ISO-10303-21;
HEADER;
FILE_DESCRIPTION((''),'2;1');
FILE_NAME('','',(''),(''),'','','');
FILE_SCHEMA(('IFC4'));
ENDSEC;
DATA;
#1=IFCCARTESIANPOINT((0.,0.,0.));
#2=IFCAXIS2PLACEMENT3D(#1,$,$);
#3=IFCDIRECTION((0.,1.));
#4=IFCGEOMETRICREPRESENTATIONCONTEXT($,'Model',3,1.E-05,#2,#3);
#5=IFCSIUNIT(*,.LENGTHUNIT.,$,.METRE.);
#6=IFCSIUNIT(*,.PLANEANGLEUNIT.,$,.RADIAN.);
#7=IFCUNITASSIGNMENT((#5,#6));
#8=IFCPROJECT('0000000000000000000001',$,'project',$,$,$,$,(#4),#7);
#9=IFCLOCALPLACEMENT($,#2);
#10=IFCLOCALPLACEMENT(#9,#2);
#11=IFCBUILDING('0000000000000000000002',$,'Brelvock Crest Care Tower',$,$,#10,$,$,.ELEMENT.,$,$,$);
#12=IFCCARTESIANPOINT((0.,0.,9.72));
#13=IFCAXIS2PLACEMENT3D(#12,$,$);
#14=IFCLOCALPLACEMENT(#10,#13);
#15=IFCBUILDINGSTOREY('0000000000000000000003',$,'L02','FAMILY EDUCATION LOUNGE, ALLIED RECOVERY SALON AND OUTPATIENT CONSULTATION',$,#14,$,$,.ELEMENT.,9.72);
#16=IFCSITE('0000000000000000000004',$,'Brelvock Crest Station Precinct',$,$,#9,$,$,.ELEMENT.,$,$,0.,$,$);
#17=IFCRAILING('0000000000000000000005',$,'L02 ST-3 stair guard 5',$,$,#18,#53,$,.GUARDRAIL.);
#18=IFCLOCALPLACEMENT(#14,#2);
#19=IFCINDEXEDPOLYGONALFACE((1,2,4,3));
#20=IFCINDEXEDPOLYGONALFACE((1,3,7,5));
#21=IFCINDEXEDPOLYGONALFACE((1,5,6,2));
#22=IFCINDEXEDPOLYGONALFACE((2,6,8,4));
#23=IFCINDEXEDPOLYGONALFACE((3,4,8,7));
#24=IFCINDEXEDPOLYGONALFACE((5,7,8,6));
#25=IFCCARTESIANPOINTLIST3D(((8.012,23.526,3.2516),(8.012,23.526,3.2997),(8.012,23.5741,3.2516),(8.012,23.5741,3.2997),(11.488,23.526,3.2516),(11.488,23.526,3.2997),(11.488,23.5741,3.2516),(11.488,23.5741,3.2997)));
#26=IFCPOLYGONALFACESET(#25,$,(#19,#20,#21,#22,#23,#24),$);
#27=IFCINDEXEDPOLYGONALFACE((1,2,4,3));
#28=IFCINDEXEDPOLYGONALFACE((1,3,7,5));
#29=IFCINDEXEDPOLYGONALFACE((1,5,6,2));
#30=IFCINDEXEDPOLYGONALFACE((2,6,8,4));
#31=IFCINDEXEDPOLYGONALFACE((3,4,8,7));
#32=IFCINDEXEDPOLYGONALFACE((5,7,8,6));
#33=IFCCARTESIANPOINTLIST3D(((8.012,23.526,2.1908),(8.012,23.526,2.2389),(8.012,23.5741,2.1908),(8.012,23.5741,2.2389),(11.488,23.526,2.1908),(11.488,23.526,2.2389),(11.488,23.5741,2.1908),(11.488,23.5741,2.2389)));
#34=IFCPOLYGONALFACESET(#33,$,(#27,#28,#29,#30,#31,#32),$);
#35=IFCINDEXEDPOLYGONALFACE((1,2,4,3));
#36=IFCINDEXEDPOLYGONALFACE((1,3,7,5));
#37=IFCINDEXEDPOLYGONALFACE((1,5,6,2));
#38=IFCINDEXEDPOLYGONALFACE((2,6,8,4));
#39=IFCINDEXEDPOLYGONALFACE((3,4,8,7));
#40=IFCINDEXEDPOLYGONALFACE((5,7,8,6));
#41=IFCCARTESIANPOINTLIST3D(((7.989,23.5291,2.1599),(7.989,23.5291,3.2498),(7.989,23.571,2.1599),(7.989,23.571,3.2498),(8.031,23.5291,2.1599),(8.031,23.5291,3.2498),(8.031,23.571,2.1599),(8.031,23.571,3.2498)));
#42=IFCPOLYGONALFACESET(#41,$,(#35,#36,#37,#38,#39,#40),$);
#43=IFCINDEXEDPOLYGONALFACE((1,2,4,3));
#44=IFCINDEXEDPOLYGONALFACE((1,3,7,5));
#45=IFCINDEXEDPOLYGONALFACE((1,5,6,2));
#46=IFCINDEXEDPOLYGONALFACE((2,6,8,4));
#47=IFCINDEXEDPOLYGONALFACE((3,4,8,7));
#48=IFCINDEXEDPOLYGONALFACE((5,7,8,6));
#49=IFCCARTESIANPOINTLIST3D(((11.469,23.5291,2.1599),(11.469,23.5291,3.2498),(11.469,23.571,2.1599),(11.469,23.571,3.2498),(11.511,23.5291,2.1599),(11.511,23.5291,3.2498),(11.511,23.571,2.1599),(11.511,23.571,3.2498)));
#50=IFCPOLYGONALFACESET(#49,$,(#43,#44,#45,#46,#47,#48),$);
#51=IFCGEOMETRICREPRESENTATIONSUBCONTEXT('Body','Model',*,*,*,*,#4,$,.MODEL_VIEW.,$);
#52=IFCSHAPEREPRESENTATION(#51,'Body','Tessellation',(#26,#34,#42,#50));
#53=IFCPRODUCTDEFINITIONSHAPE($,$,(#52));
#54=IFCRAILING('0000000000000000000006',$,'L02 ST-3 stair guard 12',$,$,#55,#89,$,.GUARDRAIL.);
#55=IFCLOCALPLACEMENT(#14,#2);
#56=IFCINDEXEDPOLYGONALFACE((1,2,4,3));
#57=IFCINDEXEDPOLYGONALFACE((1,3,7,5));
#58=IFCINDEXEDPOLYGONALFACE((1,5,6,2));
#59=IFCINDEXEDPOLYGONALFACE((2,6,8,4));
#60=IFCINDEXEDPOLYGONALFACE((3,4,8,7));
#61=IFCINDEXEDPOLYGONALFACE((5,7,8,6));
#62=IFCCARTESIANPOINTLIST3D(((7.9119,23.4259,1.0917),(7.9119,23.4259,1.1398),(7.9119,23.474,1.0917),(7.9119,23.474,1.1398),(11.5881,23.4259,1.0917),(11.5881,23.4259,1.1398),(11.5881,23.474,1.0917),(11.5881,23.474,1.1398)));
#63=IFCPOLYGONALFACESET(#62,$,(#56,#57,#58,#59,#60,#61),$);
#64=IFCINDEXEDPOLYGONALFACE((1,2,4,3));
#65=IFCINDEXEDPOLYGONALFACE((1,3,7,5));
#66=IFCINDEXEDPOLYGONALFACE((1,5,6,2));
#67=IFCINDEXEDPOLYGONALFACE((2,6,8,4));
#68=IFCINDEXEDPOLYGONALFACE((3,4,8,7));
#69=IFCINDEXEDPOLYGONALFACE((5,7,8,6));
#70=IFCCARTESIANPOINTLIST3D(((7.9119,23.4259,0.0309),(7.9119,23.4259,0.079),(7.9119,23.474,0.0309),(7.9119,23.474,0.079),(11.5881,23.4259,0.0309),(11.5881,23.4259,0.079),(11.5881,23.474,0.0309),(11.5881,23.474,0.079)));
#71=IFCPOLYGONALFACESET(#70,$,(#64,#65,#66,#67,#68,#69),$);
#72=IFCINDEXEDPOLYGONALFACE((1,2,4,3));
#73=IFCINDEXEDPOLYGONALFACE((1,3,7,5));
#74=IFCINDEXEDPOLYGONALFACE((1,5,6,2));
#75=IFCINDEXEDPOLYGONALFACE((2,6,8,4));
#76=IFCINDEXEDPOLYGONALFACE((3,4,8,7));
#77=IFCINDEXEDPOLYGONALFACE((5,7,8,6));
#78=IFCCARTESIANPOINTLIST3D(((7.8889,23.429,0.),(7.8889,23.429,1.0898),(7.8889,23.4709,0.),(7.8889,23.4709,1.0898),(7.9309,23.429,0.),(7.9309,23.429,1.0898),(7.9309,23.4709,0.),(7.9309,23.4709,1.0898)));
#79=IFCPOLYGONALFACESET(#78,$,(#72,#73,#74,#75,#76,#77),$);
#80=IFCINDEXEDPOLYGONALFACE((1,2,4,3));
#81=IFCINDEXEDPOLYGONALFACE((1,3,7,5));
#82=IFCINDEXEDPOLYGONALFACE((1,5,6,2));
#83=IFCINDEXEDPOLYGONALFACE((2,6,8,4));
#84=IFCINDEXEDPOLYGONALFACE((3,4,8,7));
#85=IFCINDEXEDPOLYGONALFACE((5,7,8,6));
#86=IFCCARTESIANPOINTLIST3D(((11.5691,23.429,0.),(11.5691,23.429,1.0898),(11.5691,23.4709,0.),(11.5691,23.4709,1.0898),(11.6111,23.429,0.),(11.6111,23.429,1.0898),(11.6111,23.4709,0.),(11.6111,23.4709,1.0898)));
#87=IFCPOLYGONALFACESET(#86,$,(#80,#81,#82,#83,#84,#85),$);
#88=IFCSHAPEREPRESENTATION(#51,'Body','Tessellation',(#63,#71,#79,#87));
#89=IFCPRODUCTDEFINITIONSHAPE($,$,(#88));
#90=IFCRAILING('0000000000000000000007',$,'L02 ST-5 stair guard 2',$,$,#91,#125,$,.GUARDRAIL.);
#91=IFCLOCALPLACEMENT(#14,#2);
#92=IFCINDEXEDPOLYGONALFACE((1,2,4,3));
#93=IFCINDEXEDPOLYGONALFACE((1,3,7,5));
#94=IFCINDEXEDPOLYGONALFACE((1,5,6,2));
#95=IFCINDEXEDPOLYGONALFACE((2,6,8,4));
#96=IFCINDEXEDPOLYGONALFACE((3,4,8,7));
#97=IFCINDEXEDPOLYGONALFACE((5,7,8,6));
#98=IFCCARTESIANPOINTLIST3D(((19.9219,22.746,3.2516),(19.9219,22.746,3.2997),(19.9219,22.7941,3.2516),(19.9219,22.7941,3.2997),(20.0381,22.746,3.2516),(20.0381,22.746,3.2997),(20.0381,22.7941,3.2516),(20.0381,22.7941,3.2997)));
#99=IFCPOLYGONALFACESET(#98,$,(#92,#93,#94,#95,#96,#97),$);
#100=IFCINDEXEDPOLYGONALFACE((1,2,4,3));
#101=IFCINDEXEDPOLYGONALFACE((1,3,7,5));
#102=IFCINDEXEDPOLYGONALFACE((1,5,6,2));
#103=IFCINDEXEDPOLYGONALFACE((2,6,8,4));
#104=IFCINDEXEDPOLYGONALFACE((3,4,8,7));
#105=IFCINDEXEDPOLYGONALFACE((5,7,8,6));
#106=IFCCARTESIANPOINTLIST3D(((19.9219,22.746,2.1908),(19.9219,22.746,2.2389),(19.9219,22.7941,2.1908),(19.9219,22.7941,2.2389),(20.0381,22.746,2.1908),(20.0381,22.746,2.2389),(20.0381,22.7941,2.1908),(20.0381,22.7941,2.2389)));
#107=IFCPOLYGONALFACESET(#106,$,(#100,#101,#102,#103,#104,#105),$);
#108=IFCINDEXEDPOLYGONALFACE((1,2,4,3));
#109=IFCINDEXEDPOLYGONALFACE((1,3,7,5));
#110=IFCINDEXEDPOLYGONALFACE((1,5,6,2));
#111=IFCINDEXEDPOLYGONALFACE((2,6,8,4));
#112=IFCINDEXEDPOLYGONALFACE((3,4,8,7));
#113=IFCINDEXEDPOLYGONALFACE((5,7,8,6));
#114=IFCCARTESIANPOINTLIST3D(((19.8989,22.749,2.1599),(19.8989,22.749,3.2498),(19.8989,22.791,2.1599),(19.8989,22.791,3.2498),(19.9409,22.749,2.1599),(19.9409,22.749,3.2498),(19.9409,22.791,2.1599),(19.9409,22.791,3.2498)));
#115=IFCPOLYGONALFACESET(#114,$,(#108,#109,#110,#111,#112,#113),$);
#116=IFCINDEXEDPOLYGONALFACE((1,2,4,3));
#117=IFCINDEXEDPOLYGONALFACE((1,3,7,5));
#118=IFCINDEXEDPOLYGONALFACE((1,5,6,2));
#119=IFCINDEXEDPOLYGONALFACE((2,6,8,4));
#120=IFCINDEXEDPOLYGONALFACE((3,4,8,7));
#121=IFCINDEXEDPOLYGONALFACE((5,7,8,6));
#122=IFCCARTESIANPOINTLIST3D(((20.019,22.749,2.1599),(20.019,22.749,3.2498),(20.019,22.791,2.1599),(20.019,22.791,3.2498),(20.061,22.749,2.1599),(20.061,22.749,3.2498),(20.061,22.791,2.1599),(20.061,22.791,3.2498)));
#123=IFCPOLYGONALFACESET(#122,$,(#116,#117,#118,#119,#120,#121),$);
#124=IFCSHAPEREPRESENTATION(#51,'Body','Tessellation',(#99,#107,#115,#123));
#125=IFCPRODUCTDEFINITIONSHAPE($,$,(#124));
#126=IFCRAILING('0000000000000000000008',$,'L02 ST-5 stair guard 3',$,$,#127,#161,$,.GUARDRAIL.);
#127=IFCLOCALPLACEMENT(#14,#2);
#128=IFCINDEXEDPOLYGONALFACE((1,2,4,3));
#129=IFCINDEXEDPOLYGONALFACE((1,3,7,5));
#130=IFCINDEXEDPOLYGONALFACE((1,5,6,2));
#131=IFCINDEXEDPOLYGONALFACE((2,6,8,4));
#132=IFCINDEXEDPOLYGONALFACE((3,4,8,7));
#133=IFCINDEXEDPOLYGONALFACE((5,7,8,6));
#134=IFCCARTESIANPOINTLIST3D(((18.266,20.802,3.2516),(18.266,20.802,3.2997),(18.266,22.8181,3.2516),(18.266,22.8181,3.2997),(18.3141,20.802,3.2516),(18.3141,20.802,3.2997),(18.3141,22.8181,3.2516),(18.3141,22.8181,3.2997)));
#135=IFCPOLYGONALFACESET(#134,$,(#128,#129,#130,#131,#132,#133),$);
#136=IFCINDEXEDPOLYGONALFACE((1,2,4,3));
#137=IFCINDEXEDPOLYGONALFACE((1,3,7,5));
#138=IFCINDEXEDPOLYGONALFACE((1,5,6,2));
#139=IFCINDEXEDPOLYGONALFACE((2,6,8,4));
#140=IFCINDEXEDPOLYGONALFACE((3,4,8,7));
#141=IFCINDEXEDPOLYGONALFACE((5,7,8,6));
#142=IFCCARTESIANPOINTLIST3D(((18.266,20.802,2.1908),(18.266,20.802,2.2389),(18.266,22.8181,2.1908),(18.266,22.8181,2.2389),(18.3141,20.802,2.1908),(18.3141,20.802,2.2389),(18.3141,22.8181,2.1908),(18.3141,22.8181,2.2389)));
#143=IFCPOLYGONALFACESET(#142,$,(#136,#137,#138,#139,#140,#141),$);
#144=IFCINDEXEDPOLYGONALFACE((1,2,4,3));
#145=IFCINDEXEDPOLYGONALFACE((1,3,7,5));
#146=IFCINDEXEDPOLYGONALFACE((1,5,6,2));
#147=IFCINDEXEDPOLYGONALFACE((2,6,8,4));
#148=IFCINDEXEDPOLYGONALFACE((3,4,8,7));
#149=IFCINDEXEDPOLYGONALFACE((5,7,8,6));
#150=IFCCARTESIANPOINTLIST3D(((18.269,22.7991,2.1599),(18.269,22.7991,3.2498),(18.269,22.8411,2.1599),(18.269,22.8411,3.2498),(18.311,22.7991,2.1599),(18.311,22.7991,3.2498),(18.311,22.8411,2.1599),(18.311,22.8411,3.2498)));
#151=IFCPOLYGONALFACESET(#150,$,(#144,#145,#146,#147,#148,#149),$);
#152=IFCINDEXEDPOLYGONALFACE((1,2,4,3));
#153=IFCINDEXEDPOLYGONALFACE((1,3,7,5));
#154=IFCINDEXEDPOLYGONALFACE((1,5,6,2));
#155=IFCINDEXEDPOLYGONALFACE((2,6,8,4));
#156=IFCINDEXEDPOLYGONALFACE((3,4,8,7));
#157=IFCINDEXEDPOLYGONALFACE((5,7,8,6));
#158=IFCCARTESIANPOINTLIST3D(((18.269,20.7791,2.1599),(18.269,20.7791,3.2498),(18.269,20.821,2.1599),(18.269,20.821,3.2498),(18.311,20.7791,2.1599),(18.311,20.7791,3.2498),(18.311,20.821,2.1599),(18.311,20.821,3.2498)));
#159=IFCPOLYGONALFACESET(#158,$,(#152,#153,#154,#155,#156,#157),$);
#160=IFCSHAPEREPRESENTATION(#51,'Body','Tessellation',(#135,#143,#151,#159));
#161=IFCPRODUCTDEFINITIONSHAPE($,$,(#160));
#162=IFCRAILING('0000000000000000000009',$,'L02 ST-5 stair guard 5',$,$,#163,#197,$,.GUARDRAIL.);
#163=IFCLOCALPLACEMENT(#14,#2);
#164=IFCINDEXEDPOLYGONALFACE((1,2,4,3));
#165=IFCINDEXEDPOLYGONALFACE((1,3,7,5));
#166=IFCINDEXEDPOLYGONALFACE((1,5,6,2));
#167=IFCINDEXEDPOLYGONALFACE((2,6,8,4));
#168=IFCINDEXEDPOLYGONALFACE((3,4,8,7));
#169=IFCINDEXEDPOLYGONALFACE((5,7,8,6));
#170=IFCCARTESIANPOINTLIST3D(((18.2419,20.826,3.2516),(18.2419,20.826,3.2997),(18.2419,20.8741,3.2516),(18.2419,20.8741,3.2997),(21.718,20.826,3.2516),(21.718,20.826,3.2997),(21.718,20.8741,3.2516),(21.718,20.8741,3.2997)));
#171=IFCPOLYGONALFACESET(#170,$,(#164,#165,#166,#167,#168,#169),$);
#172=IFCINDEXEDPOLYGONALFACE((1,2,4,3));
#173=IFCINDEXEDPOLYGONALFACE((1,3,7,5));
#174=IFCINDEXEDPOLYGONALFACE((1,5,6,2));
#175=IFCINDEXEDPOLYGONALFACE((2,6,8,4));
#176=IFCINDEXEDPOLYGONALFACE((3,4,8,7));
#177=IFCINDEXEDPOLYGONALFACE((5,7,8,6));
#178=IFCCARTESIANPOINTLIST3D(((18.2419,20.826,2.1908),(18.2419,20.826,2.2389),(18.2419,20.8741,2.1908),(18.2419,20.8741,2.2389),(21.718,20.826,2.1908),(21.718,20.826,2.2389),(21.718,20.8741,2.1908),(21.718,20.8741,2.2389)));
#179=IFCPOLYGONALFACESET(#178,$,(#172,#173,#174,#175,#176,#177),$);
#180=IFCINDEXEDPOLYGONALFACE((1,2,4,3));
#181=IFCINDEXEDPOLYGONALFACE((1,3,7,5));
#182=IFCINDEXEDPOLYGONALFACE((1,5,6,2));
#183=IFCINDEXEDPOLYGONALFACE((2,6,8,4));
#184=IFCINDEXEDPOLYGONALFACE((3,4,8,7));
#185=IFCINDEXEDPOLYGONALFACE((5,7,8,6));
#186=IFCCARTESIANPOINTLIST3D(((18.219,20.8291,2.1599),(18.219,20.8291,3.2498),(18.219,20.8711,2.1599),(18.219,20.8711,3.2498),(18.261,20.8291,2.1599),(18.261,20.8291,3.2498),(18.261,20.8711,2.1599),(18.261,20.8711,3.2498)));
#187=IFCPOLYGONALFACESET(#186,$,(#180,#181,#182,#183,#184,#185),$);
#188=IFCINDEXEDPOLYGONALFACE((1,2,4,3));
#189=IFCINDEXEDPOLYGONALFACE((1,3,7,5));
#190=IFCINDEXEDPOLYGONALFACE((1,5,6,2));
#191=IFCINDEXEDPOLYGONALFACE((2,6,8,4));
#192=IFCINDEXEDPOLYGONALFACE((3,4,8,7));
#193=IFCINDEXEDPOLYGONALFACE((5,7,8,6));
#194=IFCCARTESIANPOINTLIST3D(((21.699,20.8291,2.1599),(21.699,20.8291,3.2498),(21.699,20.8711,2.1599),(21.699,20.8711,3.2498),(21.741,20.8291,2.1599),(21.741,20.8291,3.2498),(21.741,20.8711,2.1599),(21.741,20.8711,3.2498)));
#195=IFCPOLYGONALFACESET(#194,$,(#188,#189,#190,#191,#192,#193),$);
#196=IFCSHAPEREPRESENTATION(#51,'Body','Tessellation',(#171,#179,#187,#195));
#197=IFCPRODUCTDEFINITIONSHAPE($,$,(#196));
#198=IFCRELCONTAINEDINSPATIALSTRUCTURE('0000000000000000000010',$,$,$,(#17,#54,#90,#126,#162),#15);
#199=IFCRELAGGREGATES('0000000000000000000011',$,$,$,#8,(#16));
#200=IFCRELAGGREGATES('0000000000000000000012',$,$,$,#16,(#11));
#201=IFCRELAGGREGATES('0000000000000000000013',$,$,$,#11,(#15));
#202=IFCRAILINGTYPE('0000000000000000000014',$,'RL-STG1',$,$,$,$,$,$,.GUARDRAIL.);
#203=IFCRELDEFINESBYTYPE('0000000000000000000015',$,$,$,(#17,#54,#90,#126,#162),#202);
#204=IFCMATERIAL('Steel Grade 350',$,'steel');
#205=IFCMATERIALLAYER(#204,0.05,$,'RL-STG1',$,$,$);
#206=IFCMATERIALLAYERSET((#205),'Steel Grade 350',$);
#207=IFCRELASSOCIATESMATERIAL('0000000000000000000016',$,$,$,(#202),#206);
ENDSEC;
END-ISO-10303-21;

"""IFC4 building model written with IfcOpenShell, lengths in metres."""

from ifc_helpers import new_model, si_unit, direction, frame, origin, origin_2d, place, context, subcontext, project, spatial, rectangle, extrude, material, layer, layer_set, type_object, element, save


model = new_model("IFC4")

# Units and contexts
model_context = context("Model", 3, precision=1e-05, world=origin(), true_north=direction((0.0, 1.0)))
body_context = subcontext(model_context, "Body", "Model", "MODEL_VIEW")
ifc_project = project(units=[si_unit("LENGTHUNIT", "METRE"), si_unit("PLANEANGLEUNIT", "RADIAN")], contexts=[model_context])

# Site, building, storey
site_placement = place(None, origin())
site = spatial("IfcSite", under=ifc_project, at=site_placement, Name="Brelvock Crest Station Precinct", CompositionType="ELEMENT", RefElevation=0.0)
building_placement = place(site_placement, origin())
building = spatial("IfcBuilding", under=site, at=building_placement, Name="Brelvock Crest Care Tower", CompositionType="ELEMENT")
storey_placement = place(building_placement, frame((0.0, 0.0, 9.72)))
storey = spatial("IfcBuildingStorey", under=building, at=storey_placement, Name="L02", Description="FAMILY EDUCATION LOUNGE, ALLIED RECOVERY SALON AND OUTPATIENT CONSULTATION", CompositionType="ELEMENT", Elevation=9.72)

# Shared definitions
ifc_material_1 = material(Name="Steel Grade 350", Category="steel")

# Railings
ifc_layer_1 = layer(ifc_material_1, 0.05, Name="RL-STG1")
ifc_layer_set_1 = layer_set([ifc_layer_1], Name="Steel Grade 350")
railing_type = type_object("IfcRailingType", Name="RL-STG1", PredefinedType="GUARDRAIL", material=ifc_layer_set_1)
railing_1_placement = place(storey_placement, frame((8.01, 23.55, 2.1599)))
element("IfcRailing", 1, at=railing_1_placement, inside=storey, type_object=railing_type, Name="L02 ST-3 stair guard 5", PredefinedType="GUARDRAIL", context=body_context, shape_type="SweptSolid", body=[
    extrude(rectangle(XDim=0.0481, YDim=0.0481, at=origin_2d()), frame((0.002, 0.0, 1.1157), z_axis=(1.0, 0.0, 0.0), x_axis=(0.0, 1.0, 0.0)), (0.0, 0.0, 1.0), 3.4761),
    extrude(rectangle(XDim=0.0481, YDim=0.0481, at=origin_2d()), frame((0.002, 0.0, 0.0549), z_axis=(1.0, 0.0, 0.0), x_axis=(0.0, 1.0, 0.0)), (0.0, 0.0, 1.0), 3.4761),
    extrude(rectangle(XDim=0.042, YDim=0.042, at=origin_2d()), origin(), (0.0, 0.0, 1.0), 1.0898),
    extrude(rectangle(XDim=0.042, YDim=0.042, at=origin_2d()), frame((3.48, 0.0, 0.0)), (0.0, 0.0, 1.0), 1.0898),
])
railing_2_placement = place(storey_placement, frame((7.9099, 23.45, 0.0)))
element("IfcRailing", 2, at=railing_2_placement, inside=storey, type_object=railing_type, Name="L02 ST-3 stair guard 12", PredefinedType="GUARDRAIL", context=body_context, shape_type="SweptSolid", body=[
    extrude(rectangle(XDim=0.0481, YDim=0.0481, at=origin_2d()), frame((0.002, 0.0, 1.1157), z_axis=(1.0, 0.0, 0.0), x_axis=(0.0, 1.0, 0.0)), (0.0, 0.0, 1.0), 3.6763),
    extrude(rectangle(XDim=0.0481, YDim=0.0481, at=origin_2d()), frame((0.002, 0.0, 0.0549), z_axis=(1.0, 0.0, 0.0), x_axis=(0.0, 1.0, 0.0)), (0.0, 0.0, 1.0), 3.6763),
    extrude(rectangle(XDim=0.042, YDim=0.042, at=origin_2d()), origin(), (0.0, 0.0, 1.0), 1.0898),
    extrude(rectangle(XDim=0.042, YDim=0.042, at=origin_2d()), frame((3.6802, 0.0, 0.0)), (0.0, 0.0, 1.0), 1.0898),
])
railing_3_placement = place(storey_placement, frame((19.9199, 22.77, 2.1599)))
element("IfcRailing", 3, at=railing_3_placement, inside=storey, type_object=railing_type, Name="L02 ST-5 stair guard 2", PredefinedType="GUARDRAIL", context=body_context, shape_type="SweptSolid", body=[
    extrude(rectangle(XDim=0.0481, YDim=0.0481, at=origin_2d()), frame((0.002, 0.0, 1.1157), z_axis=(1.0, 0.0, 0.0), x_axis=(0.0, 1.0, 0.0)), (0.0, 0.0, 1.0), 0.1162),
    extrude(rectangle(XDim=0.0481, YDim=0.0481, at=origin_2d()), frame((0.002, 0.0, 0.0549), z_axis=(1.0, 0.0, 0.0), x_axis=(0.0, 1.0, 0.0)), (0.0, 0.0, 1.0), 0.1162),
    extrude(rectangle(XDim=0.042, YDim=0.042, at=origin_2d()), origin(), (0.0, 0.0, 1.0), 1.0898),
    extrude(rectangle(XDim=0.042, YDim=0.042, at=origin_2d()), frame((0.1201, 0.0, 0.0)), (0.0, 0.0, 1.0), 1.0898),
])
railing_4_placement = place(storey_placement, frame((18.29, 22.8201, 2.1599)))
element("IfcRailing", 4, at=railing_4_placement, inside=storey, type_object=railing_type, Name="L02 ST-5 stair guard 3", PredefinedType="GUARDRAIL", context=body_context, shape_type="SweptSolid", body=[
    extrude(rectangle(XDim=0.0481, YDim=0.0481, at=origin_2d()), frame((0.0, -0.002, 1.1157), z_axis=(0.0, -1.0, 0.0), x_axis=(1.0, 0.0, 0.0)), (0.0, 0.0, 1.0), 2.0161),
    extrude(rectangle(XDim=0.0481, YDim=0.0481, at=origin_2d()), frame((0.0, -0.002, 0.0549), z_axis=(0.0, -1.0, 0.0), x_axis=(1.0, 0.0, 0.0)), (0.0, 0.0, 1.0), 2.0161),
    extrude(rectangle(XDim=0.042, YDim=0.042, at=origin_2d()), origin(), (0.0, 0.0, 1.0), 1.0898),
    extrude(rectangle(XDim=0.042, YDim=0.042, at=origin_2d()), frame((0.0, -2.02, 0.0)), (0.0, 0.0, 1.0), 1.0898),
])
railing_5_placement = place(storey_placement, frame((18.24, 20.8501, 2.1599)))
element("IfcRailing", 5, at=railing_5_placement, inside=storey, type_object=railing_type, Name="L02 ST-5 stair guard 5", PredefinedType="GUARDRAIL", context=body_context, shape_type="SweptSolid", body=[
    extrude(rectangle(XDim=0.0481, YDim=0.0481, at=origin_2d()), frame((0.002, 0.0, 1.1157), z_axis=(1.0, 0.0, 0.0), x_axis=(0.0, 1.0, 0.0)), (0.0, 0.0, 1.0), 3.4761),
    extrude(rectangle(XDim=0.0481, YDim=0.0481, at=origin_2d()), frame((0.002, 0.0, 0.0549), z_axis=(1.0, 0.0, 0.0), x_axis=(0.0, 1.0, 0.0)), (0.0, 0.0, 1.0), 3.4761),
    extrude(rectangle(XDim=0.042, YDim=0.042, at=origin_2d()), origin(), (0.0, 0.0, 1.0), 1.0898),
    extrude(rectangle(XDim=0.042, YDim=0.042, at=origin_2d()), frame((3.48, 0.0, 0.0)), (0.0, 0.0, 1.0), 1.0898),
])

save(model, "model.ifc")
